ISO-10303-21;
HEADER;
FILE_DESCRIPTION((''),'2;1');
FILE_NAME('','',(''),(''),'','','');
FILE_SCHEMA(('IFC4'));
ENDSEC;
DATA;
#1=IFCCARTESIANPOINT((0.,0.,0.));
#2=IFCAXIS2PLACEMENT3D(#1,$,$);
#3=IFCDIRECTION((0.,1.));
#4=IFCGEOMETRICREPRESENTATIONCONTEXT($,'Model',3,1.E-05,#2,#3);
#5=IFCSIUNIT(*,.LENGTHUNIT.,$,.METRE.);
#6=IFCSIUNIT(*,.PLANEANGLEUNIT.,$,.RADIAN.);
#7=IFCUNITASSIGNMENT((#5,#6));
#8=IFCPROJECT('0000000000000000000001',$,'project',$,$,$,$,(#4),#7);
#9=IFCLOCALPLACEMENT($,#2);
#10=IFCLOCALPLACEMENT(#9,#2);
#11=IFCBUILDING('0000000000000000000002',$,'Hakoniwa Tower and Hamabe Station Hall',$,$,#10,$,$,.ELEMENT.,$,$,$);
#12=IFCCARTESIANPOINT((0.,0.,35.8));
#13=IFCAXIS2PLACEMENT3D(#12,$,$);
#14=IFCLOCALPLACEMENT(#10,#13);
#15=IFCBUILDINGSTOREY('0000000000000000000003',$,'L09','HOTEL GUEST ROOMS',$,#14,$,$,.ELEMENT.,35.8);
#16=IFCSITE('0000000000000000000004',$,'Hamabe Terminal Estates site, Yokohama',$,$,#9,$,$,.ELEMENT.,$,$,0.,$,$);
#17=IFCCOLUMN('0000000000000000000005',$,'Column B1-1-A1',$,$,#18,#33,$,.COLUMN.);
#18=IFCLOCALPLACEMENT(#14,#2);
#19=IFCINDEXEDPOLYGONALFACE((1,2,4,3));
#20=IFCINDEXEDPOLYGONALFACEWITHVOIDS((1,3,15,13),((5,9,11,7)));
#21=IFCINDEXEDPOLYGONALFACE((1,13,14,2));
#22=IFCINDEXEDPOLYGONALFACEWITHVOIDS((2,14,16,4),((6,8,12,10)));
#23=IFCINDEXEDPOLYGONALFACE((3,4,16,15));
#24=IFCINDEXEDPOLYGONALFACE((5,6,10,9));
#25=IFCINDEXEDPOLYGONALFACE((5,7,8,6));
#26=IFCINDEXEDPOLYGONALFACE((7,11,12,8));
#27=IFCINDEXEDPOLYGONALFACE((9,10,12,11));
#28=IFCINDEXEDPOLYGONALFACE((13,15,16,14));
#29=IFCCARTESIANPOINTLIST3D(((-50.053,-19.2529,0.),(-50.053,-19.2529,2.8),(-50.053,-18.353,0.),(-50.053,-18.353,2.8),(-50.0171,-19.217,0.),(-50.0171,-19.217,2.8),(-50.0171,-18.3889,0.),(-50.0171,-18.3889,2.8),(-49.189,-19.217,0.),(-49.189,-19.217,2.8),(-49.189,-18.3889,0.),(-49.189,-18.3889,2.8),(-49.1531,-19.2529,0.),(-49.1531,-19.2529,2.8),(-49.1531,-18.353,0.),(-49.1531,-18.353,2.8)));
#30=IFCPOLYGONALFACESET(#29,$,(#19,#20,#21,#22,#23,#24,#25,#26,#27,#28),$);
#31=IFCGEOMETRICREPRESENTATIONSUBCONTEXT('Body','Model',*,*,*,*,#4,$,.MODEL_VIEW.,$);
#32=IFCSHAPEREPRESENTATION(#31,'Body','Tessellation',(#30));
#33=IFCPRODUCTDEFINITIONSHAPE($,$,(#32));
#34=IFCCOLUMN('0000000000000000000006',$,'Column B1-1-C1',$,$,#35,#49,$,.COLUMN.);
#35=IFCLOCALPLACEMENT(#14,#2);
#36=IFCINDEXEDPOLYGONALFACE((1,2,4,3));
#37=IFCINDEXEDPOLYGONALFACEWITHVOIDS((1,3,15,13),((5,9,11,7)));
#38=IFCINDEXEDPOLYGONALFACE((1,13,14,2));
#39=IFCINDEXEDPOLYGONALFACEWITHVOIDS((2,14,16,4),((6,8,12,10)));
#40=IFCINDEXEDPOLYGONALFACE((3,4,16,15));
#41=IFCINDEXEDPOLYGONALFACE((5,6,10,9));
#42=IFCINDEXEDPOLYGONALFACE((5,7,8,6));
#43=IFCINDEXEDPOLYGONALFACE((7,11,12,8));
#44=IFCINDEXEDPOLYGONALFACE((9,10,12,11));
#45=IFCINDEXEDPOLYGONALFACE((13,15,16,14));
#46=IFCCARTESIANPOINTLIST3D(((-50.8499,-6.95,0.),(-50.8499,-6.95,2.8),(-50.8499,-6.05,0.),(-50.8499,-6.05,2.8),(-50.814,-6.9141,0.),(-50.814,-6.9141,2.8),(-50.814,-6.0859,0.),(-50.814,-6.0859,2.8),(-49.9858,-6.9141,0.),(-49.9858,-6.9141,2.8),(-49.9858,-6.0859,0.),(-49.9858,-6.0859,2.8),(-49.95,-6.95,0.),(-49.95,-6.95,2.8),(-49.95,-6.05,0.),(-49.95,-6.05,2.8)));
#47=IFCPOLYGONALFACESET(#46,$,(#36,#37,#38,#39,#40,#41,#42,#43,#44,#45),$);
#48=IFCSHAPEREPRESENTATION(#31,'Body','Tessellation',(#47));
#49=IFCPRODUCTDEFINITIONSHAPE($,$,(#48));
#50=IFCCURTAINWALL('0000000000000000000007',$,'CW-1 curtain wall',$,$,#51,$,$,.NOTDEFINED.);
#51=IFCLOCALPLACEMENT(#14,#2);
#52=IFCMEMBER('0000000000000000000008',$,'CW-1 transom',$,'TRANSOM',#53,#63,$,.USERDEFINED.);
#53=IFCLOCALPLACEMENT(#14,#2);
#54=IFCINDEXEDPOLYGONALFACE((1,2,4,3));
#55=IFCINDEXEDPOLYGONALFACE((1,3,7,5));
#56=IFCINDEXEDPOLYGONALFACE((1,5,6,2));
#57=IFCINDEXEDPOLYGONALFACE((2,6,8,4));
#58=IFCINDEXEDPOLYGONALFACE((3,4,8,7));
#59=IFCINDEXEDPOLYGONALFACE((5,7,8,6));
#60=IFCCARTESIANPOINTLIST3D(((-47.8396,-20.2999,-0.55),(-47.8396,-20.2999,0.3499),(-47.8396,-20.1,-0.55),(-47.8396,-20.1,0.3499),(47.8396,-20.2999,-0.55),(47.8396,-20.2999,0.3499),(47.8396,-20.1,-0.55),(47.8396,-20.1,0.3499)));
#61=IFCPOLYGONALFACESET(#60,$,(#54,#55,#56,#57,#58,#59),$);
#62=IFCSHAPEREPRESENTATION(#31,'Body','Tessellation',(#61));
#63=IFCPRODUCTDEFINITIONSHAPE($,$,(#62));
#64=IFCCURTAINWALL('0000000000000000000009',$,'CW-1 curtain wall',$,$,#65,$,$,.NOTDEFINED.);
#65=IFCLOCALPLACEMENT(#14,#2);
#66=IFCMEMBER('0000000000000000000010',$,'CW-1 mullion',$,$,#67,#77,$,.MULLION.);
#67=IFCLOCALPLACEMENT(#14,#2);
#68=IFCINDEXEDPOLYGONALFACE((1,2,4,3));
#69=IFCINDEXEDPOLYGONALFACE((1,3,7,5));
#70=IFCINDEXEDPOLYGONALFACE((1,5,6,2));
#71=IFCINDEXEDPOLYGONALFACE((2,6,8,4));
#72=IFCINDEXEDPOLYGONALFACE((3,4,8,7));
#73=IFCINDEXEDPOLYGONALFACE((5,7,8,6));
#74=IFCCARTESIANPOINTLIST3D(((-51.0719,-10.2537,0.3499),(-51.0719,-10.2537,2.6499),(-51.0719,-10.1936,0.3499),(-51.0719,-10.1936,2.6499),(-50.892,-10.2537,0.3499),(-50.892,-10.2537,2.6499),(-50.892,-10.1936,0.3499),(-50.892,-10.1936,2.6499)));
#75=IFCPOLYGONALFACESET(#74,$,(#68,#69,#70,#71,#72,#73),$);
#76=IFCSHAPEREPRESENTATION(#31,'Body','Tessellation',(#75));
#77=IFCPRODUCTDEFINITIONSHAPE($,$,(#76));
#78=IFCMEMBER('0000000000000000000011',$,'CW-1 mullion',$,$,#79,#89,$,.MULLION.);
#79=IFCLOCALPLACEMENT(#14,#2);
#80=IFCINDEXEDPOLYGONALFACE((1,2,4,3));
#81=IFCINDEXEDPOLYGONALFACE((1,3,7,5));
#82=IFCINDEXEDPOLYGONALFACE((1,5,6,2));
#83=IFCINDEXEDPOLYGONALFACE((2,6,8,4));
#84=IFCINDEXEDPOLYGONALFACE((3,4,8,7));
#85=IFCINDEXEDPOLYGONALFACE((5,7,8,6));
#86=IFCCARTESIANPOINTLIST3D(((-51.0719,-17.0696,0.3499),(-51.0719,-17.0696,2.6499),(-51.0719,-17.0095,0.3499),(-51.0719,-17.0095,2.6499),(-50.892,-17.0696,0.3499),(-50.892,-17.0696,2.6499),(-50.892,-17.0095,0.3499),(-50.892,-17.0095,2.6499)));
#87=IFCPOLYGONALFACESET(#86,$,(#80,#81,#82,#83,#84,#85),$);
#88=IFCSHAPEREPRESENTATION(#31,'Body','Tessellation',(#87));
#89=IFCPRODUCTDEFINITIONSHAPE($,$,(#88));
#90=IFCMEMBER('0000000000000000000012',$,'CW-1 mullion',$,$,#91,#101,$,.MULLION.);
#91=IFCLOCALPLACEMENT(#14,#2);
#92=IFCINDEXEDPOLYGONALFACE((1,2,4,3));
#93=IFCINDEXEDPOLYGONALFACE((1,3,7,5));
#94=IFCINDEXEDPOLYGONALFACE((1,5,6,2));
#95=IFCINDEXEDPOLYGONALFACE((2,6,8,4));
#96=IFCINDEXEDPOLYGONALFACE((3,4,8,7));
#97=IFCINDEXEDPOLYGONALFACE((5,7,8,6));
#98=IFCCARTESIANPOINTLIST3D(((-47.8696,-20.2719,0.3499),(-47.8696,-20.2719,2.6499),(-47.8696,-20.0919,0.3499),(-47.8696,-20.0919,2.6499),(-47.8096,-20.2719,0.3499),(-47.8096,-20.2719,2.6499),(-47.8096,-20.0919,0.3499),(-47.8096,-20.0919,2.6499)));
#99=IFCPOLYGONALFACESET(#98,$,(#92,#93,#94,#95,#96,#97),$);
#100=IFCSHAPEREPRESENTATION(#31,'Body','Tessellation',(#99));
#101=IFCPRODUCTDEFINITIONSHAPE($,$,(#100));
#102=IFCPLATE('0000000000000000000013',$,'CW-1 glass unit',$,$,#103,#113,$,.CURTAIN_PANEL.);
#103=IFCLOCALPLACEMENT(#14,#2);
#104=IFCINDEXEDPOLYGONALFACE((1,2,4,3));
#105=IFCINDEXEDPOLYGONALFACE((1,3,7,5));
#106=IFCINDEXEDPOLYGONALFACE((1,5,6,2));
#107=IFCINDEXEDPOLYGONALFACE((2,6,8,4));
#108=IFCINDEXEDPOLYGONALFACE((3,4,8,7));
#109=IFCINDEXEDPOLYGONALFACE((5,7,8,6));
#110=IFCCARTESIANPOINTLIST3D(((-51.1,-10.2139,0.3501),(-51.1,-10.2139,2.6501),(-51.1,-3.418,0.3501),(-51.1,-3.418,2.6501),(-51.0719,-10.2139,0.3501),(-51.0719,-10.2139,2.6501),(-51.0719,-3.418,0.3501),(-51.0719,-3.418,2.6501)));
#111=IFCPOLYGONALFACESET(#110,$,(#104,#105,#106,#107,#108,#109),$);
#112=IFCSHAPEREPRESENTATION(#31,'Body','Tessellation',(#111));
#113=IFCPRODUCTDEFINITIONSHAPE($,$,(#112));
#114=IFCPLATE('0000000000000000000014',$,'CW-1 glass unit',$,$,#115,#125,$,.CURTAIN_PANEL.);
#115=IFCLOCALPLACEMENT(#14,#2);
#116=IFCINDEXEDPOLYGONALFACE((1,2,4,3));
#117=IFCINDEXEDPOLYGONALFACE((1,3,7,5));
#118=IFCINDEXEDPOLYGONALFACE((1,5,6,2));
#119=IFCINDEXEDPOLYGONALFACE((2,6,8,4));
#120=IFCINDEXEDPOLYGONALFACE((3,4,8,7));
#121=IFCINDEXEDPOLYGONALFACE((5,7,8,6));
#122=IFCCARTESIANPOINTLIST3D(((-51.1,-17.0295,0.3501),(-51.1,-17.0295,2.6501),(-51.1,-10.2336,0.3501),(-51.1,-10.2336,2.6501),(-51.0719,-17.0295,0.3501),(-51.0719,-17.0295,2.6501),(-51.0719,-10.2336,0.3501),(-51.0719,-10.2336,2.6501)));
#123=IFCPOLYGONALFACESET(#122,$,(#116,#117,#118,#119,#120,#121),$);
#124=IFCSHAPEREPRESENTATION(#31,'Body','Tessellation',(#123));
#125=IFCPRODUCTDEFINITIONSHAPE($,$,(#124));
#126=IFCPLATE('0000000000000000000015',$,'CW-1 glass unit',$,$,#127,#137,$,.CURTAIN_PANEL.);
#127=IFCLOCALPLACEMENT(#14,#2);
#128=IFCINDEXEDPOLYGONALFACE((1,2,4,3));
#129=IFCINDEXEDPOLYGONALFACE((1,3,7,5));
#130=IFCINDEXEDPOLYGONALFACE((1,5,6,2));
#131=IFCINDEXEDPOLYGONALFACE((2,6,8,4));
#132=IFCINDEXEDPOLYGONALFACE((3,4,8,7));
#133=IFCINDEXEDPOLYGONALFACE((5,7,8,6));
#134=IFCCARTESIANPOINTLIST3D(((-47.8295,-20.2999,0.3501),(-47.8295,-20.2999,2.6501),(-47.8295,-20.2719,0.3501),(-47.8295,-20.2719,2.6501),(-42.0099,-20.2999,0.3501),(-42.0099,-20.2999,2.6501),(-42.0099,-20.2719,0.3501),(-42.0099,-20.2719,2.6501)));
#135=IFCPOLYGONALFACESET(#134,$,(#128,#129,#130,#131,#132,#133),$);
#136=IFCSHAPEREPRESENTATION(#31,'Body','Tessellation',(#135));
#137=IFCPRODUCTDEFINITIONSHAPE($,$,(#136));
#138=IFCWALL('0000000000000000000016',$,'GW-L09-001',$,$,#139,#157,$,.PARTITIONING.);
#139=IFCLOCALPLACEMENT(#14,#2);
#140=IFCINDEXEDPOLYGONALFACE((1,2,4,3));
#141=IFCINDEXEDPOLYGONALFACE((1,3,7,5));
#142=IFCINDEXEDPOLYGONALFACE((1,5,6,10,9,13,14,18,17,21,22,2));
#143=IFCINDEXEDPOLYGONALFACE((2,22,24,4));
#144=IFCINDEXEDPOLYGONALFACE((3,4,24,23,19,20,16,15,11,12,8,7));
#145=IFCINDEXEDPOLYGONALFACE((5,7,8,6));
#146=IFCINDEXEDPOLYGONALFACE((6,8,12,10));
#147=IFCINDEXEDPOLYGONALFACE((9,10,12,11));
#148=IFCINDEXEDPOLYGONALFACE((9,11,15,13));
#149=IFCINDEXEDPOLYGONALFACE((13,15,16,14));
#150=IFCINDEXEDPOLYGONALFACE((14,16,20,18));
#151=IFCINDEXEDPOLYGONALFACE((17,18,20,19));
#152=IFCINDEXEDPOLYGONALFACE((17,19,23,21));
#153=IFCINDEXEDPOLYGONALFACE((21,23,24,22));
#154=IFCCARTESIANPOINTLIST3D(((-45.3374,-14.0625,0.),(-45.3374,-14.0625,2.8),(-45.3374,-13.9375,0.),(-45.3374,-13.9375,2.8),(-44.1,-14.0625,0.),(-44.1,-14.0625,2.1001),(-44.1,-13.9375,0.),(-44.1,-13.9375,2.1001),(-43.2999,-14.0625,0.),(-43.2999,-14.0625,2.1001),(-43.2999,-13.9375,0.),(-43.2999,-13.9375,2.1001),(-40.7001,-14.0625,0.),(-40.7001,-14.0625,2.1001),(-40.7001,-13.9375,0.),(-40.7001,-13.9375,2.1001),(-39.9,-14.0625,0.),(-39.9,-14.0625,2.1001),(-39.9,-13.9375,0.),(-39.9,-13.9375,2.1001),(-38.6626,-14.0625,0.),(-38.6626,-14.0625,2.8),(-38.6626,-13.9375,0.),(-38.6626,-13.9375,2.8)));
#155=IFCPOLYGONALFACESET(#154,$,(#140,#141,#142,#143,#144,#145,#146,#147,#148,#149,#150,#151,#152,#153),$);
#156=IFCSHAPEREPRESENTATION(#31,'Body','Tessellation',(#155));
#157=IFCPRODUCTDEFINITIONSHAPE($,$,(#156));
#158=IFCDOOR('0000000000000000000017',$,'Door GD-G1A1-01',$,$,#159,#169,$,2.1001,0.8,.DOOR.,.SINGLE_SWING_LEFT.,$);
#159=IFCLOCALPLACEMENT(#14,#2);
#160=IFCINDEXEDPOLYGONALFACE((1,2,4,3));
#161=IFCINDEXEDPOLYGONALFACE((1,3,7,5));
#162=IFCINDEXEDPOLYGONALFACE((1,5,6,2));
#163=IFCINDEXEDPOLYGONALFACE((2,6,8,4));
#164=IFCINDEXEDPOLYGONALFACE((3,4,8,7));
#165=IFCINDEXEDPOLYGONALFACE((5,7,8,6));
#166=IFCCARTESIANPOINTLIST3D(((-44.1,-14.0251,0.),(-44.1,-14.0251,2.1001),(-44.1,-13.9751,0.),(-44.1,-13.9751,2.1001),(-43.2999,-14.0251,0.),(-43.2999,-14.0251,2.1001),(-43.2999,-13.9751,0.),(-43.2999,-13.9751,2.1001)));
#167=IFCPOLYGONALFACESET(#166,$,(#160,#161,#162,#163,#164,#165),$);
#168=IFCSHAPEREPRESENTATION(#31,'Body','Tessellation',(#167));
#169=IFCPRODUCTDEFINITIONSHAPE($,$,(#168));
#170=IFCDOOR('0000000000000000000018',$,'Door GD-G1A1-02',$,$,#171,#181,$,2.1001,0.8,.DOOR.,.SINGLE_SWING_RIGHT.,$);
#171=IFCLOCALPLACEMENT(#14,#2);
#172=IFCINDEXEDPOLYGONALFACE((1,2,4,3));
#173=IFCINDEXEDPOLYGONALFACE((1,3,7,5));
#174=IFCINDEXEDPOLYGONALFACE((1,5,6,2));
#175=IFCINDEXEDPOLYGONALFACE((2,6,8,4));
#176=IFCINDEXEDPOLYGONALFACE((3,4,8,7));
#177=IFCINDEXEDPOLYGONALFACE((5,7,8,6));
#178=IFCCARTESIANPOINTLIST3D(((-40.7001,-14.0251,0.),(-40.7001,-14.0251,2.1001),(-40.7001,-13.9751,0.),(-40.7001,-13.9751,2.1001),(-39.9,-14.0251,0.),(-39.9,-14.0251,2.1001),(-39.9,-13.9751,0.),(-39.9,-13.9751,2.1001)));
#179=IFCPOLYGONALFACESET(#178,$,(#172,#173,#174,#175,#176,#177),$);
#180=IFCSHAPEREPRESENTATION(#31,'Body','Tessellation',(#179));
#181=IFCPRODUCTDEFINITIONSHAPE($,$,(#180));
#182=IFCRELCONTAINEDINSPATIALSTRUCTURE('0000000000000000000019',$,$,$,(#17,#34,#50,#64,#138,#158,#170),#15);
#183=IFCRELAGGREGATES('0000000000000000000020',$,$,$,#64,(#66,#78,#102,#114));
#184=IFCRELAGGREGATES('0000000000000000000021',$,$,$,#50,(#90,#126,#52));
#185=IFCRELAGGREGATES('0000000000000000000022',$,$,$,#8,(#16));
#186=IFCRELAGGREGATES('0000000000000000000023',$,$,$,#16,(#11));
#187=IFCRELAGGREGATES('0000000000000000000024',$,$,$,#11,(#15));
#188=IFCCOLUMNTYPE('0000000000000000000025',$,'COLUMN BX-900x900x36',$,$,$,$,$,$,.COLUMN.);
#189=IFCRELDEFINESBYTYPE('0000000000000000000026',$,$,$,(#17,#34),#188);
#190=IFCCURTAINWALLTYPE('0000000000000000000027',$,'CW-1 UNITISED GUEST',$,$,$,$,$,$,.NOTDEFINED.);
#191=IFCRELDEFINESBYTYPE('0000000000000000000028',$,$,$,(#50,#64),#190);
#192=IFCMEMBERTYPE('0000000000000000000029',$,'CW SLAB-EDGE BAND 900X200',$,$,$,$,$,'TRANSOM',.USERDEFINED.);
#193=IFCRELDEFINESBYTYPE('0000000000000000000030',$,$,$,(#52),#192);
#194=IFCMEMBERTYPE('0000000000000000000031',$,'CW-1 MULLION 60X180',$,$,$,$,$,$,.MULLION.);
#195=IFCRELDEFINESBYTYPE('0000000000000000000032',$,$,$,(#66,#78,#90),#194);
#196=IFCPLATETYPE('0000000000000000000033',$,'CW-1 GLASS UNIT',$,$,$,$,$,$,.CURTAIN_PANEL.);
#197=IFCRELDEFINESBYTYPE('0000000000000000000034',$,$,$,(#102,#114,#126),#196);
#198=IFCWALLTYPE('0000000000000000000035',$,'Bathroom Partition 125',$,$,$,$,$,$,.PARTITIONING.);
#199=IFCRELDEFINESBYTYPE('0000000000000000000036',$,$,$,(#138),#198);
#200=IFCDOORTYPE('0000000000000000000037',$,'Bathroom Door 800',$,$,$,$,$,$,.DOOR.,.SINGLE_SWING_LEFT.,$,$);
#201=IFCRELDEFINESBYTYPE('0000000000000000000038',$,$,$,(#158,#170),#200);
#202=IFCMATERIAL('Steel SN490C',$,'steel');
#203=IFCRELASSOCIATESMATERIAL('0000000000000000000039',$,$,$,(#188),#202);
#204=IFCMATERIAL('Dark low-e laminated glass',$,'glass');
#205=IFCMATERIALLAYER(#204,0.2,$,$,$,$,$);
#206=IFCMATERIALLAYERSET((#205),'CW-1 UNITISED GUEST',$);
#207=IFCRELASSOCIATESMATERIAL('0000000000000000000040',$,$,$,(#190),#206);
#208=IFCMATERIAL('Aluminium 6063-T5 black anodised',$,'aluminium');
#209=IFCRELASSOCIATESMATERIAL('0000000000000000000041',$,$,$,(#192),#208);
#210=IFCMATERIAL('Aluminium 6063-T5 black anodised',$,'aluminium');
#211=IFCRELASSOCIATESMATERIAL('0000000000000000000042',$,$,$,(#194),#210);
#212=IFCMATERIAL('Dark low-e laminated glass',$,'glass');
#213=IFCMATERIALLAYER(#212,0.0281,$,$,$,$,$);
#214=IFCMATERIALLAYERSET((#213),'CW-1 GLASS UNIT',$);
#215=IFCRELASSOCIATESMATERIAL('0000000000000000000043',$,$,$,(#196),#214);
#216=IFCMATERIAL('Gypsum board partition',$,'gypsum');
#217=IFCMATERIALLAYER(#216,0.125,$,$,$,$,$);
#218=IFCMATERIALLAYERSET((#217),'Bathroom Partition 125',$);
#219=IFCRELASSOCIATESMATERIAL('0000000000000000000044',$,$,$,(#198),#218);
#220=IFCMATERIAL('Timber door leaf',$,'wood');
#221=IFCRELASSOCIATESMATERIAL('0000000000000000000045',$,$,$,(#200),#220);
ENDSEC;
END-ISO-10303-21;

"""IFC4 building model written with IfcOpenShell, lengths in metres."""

from ifc_helpers import new_model, si_unit, direction, frame, frame_2d, origin, origin_2d, place, context, subcontext, project, spatial, rectangle, hollow_rectangle, extrude, material, layer, layer_set, material_profile, profile_set, type_object, element, fill, aggregate, save


model = new_model("IFC4")

# Units and contexts
model_context = context("Model", 3, precision=1e-05, world=origin(), true_north=direction((0.0, 1.0)))
body_context = subcontext(model_context, "Body", "Model", "MODEL_VIEW")
ifc_project = project(units=[si_unit("LENGTHUNIT", "METRE"), si_unit("PLANEANGLEUNIT", "RADIAN")], contexts=[model_context])

# Site, building, storey
site_placement = place(None, origin())
site = spatial("IfcSite", under=ifc_project, at=site_placement, Name="Hamabe Terminal Estates site, Yokohama", CompositionType="ELEMENT", RefElevation=0.0)
building_placement = place(site_placement, origin())
building = spatial("IfcBuilding", under=site, at=building_placement, Name="Hakoniwa Tower and Hamabe Station Hall", CompositionType="ELEMENT")
storey_placement = place(building_placement, frame((0.0, 0.0, 35.8)))
storey = spatial("IfcBuildingStorey", under=building, at=storey_placement, Name="L09", Description="HOTEL GUEST ROOMS", CompositionType="ELEMENT", Elevation=35.8)

# Columns
ifc_material_1 = material(Name="Steel SN490C", Category="steel")
ifc_material_profile_1 = material_profile(ifc_material_1, hollow_rectangle(XDim=0.8999, YDim=0.8999, WallThickness=0.0359, at=origin_2d()), Name="BX-900x900x36")
ifc_profile_set_1 = profile_set([ifc_material_profile_1], Name="Steel SN490C")
column_type = type_object("IfcColumnType", Name="COLUMN BX-900x900x36", PredefinedType="COLUMN", material=ifc_profile_set_1)
for number, where, z_axis, x_axis, name in (
    (1, (-49.603, -18.803, 0.0), (0.0, 0.0, 1.0), (1.0, 0.0, 0.0), "Column B1-1-A1"),
    (2, (-50.3999, -6.5, 0.0), (0.0, 0.0, 1.0), (1.0, 0.0, 0.0), "Column B1-1-C1"),
):
    element("IfcColumn", number, at=place(storey_placement, frame(where, z_axis=z_axis, x_axis=x_axis)), inside=storey, type_object=column_type, Name=name, PredefinedType="COLUMN", context=body_context, shape_type="SweptSolid", body=[
        extrude(hollow_rectangle(XDim=0.8999, YDim=0.8999, WallThickness=0.0359, at=origin_2d()), origin(), (0.0, 0.0, 1.0), 2.8),
    ])

# Curtain wall, member
ifc_material_2 = material(Name="Dark low-e laminated glass", Category="glass")
ifc_layer_1 = layer(ifc_material_2, 0.2)
ifc_layer_set_1 = layer_set([ifc_layer_1], Name="CW-1 UNITISED GUEST")
curtain_wall_type = type_object("IfcCurtainWallType", Name="CW-1 UNITISED GUEST", PredefinedType="NOTDEFINED", material=ifc_layer_set_1)
curtain_wall_1_placement = place(storey_placement, origin())
curtain_wall_1 = element("IfcCurtainWall", 3, at=curtain_wall_1_placement, inside=storey, type_object=curtain_wall_type, Name="CW-1 curtain wall", PredefinedType="NOTDEFINED")
ifc_material_3 = material(Name="Aluminium 6063-T5 black anodised", Category="aluminium")
ifc_material_profile_2 = material_profile(ifc_material_3, rectangle(XDim=0.2, YDim=0.8999, at=origin_2d()), Name="CW SLAB-EDGE BAND 900X200")
ifc_profile_set_2 = profile_set([ifc_material_profile_2], Name="Aluminium 6063-T5 black anodised")
member_type_1 = type_object("IfcMemberType", Name="CW SLAB-EDGE BAND 900X200", ElementType="TRANSOM", PredefinedType="USERDEFINED", material=ifc_profile_set_2)
member_1_placement = place(storey_placement, frame((-47.8396, -20.2, -0.1001), z_axis=(1.0, 0.0, 0.0), x_axis=(0.0, 1.0, 0.0)))
member_1 = element("IfcMember", 4, at=member_1_placement, type_object=member_type_1, Name="CW-1 transom", ObjectType="TRANSOM", PredefinedType="USERDEFINED", context=body_context, shape_type="SweptSolid", body=[
    extrude(rectangle(XDim=0.2, YDim=0.8999, at=origin_2d()), origin(), (0.0, 0.0, 1.0), 95.6792),
])

# Curtain wall, members
curtain_wall_2_placement = place(storey_placement, origin())
curtain_wall_2 = element("IfcCurtainWall", 5, at=curtain_wall_2_placement, inside=storey, type_object=curtain_wall_type, Name="CW-1 curtain wall", PredefinedType="NOTDEFINED")
ifc_material_4 = material(Name="Aluminium 6063-T5 black anodised", Category="aluminium")
ifc_material_profile_3 = material_profile(ifc_material_4, rectangle(XDim=0.0601, YDim=0.1799, at=origin_2d()), Name="CW-1 MULLION 60X180")
ifc_profile_set_3 = profile_set([ifc_material_profile_3], Name="Aluminium 6063-T5 black anodised")
member_type_2 = type_object("IfcMemberType", Name="CW-1 MULLION 60X180", PredefinedType="MULLION", material=ifc_profile_set_3)
member_2_placement = place(storey_placement, frame((-50.9819, -10.2236, 0.3499), z_axis=(0.0, 0.0, 1.0), x_axis=(0.0, -1.0, 0.0)))
member_2 = element("IfcMember", 6, at=member_2_placement, type_object=member_type_2, Name="CW-1 mullion", PredefinedType="MULLION", context=body_context, shape_type="SweptSolid", body=[
    extrude(rectangle(XDim=0.0601, YDim=0.1799, at=origin_2d()), origin(), (0.0, 0.0, 1.0), 2.3),
])
member_3_placement = place(storey_placement, frame((-50.9819, -17.0396, 0.3499), z_axis=(0.0, 0.0, 1.0), x_axis=(0.0, -1.0, 0.0)))
member_3 = element("IfcMember", 7, at=member_3_placement, type_object=member_type_2, Name="CW-1 mullion", PredefinedType="MULLION", context=body_context, shape_type="SweptSolid", body=[
    extrude(rectangle(XDim=0.0601, YDim=0.1799, at=origin_2d()), origin(), (0.0, 0.0, 1.0), 2.3),
])

# Member
member_4_placement = place(storey_placement, frame((-47.8396, -20.1819, 0.3499), z_axis=(0.0, 0.0, 1.0), x_axis=(1.0, 0.0, 0.0)))
member_4 = element("IfcMember", 8, at=member_4_placement, type_object=member_type_2, Name="CW-1 mullion", PredefinedType="MULLION", context=body_context, shape_type="SweptSolid", body=[
    extrude(rectangle(XDim=0.0601, YDim=0.1799, at=origin_2d()), origin(), (0.0, 0.0, 1.0), 2.3),
])

# Plates
ifc_material_5 = material(Name="Dark low-e laminated glass", Category="glass")
ifc_layer_2 = layer(ifc_material_5, 0.0281)
ifc_layer_set_2 = layer_set([ifc_layer_2], Name="CW-1 GLASS UNIT")
plate_type = type_object("IfcPlateType", Name="CW-1 GLASS UNIT", PredefinedType="CURTAIN_PANEL", material=ifc_layer_set_2)
plate_1_placement = place(storey_placement, frame((-51.0859, -6.8159, 0.3501), z_axis=(0.0, 0.0, 1.0), x_axis=(0.0, -1.0, 0.0)))
plate_1 = element("IfcPlate", 9, at=plate_1_placement, type_object=plate_type, Name="CW-1 glass unit", PredefinedType="CURTAIN_PANEL", context=body_context, shape_type="SweptSolid", body=[
    extrude(rectangle(XDim=6.7959, YDim=0.0281, at=origin_2d()), origin(), (0.0, 0.0, 1.0), 2.3),
])
plate_2_placement = place(storey_placement, frame((-51.0859, -13.6316, 0.3501), z_axis=(0.0, 0.0, 1.0), x_axis=(0.0, -1.0, 0.0)))
plate_2 = element("IfcPlate", 10, at=plate_2_placement, type_object=plate_type, Name="CW-1 glass unit", PredefinedType="CURTAIN_PANEL", context=body_context, shape_type="SweptSolid", body=[
    extrude(rectangle(XDim=6.7959, YDim=0.0281, at=origin_2d()), origin(), (0.0, 0.0, 1.0), 2.3),
])
aggregate(curtain_wall_2, [member_2, member_3, plate_1, plate_2])
plate_3_placement = place(storey_placement, frame((-44.9197, -20.2859, 0.3501), z_axis=(0.0, 0.0, 1.0), x_axis=(1.0, 0.0, 0.0)))
plate_3 = element("IfcPlate", 11, at=plate_3_placement, type_object=plate_type, Name="CW-1 glass unit", PredefinedType="CURTAIN_PANEL", context=body_context, shape_type="SweptSolid", body=[
    extrude(rectangle(XDim=5.8196, YDim=0.0281, at=origin_2d()), origin(), (0.0, 0.0, 1.0), 2.3),
])
aggregate(curtain_wall_1, [member_4, plate_3, member_1])

# Wall, openings, doors
ifc_material_6 = material(Name="Gypsum board partition", Category="gypsum")
ifc_layer_3 = layer(ifc_material_6, 0.125)
ifc_layer_set_3 = layer_set([ifc_layer_3], Name="Bathroom Partition 125")
wall_type_1 = type_object("IfcWallType", Name="Bathroom Partition 125", PredefinedType="PARTITIONING", material=ifc_layer_set_3)
wall_1_placement = place(storey_placement, frame((-45.3374, -14.0, 0.0), z_axis=(0.0, 0.0, 1.0), x_axis=(1.0, 0.0, 0.0)))
wall_1 = element("IfcWall", 12, at=wall_1_placement, inside=storey, type_object=wall_type_1, Name="GW-L09-001", PredefinedType="PARTITIONING", context=body_context, shape_type="SweptSolid", body=[
    extrude(rectangle(XDim=6.6748, YDim=0.125, at=frame_2d((3.3374, 0.0))), origin(), (0.0, 0.0, 1.0), 2.8),
])
opening_1_placement = place(wall_1_placement, frame((1.2375, 0.0, 0.0)))
opening_1 = element("IfcOpeningElement", 13, at=opening_1_placement, cuts=wall_1, PredefinedType="OPENING", context=body_context, shape_type="SweptSolid", body=[
    extrude(rectangle(XDim=0.8, YDim=2.1001, at=frame_2d((0.3999, 1.05))), frame((0.0, 0.0725, 0.0), z_axis=(0.0, -1.0, 0.0), x_axis=(1.0, 0.0, 0.0)), (0.0, 0.0, 1.0), 0.145),
])
opening_2_placement = place(wall_1_placement, frame((4.6375, 0.0, 0.0)))
opening_2 = element("IfcOpeningElement", 14, at=opening_2_placement, cuts=wall_1, PredefinedType="OPENING", context=body_context, shape_type="SweptSolid", body=[
    extrude(rectangle(XDim=0.8, YDim=2.1001, at=frame_2d((0.3999, 1.05))), frame((0.0, 0.0725, 0.0), z_axis=(0.0, -1.0, 0.0), x_axis=(1.0, 0.0, 0.0)), (0.0, 0.0, 1.0), 0.145),
])
ifc_material_7 = material(Name="Timber door leaf", Category="wood")
door_type_1 = type_object("IfcDoorType", Name="Bathroom Door 800", OperationType="SINGLE_SWING_LEFT", PredefinedType="DOOR", material=ifc_material_7)
door_1_placement = place(opening_1_placement, origin())
door_1 = element("IfcDoor", 15, at=door_1_placement, inside=storey, type_object=door_type_1, Name="Door GD-G1A1-01", OperationType="SINGLE_SWING_LEFT", OverallHeight=2.1001, OverallWidth=0.8, PredefinedType="DOOR", context=body_context, shape_type="SweptSolid", body=[
    extrude(rectangle(XDim=0.8, YDim=2.1001, at=frame_2d((0.3999, 1.05))), frame((0.0, 0.0249, 0.0), z_axis=(0.0, -1.0, 0.0), x_axis=(1.0, 0.0, 0.0)), (0.0, 0.0, 1.0), 0.05),
])
fill(opening_1, door_1)
door_2_placement = place(opening_2_placement, origin())
door_2 = element("IfcDoor", 16, at=door_2_placement, inside=storey, type_object=door_type_1, Name="Door GD-G1A1-02", OperationType="SINGLE_SWING_RIGHT", OverallHeight=2.1001, OverallWidth=0.8, PredefinedType="DOOR", context=body_context, shape_type="SweptSolid", body=[
    extrude(rectangle(XDim=0.8, YDim=2.1001, at=frame_2d((0.3999, 1.05))), frame((0.0, 0.0249, 0.0), z_axis=(0.0, -1.0, 0.0), x_axis=(1.0, 0.0, 0.0)), (0.0, 0.0, 1.0), 0.05),
])
fill(opening_2, door_2)

save(model, "model.ifc")
